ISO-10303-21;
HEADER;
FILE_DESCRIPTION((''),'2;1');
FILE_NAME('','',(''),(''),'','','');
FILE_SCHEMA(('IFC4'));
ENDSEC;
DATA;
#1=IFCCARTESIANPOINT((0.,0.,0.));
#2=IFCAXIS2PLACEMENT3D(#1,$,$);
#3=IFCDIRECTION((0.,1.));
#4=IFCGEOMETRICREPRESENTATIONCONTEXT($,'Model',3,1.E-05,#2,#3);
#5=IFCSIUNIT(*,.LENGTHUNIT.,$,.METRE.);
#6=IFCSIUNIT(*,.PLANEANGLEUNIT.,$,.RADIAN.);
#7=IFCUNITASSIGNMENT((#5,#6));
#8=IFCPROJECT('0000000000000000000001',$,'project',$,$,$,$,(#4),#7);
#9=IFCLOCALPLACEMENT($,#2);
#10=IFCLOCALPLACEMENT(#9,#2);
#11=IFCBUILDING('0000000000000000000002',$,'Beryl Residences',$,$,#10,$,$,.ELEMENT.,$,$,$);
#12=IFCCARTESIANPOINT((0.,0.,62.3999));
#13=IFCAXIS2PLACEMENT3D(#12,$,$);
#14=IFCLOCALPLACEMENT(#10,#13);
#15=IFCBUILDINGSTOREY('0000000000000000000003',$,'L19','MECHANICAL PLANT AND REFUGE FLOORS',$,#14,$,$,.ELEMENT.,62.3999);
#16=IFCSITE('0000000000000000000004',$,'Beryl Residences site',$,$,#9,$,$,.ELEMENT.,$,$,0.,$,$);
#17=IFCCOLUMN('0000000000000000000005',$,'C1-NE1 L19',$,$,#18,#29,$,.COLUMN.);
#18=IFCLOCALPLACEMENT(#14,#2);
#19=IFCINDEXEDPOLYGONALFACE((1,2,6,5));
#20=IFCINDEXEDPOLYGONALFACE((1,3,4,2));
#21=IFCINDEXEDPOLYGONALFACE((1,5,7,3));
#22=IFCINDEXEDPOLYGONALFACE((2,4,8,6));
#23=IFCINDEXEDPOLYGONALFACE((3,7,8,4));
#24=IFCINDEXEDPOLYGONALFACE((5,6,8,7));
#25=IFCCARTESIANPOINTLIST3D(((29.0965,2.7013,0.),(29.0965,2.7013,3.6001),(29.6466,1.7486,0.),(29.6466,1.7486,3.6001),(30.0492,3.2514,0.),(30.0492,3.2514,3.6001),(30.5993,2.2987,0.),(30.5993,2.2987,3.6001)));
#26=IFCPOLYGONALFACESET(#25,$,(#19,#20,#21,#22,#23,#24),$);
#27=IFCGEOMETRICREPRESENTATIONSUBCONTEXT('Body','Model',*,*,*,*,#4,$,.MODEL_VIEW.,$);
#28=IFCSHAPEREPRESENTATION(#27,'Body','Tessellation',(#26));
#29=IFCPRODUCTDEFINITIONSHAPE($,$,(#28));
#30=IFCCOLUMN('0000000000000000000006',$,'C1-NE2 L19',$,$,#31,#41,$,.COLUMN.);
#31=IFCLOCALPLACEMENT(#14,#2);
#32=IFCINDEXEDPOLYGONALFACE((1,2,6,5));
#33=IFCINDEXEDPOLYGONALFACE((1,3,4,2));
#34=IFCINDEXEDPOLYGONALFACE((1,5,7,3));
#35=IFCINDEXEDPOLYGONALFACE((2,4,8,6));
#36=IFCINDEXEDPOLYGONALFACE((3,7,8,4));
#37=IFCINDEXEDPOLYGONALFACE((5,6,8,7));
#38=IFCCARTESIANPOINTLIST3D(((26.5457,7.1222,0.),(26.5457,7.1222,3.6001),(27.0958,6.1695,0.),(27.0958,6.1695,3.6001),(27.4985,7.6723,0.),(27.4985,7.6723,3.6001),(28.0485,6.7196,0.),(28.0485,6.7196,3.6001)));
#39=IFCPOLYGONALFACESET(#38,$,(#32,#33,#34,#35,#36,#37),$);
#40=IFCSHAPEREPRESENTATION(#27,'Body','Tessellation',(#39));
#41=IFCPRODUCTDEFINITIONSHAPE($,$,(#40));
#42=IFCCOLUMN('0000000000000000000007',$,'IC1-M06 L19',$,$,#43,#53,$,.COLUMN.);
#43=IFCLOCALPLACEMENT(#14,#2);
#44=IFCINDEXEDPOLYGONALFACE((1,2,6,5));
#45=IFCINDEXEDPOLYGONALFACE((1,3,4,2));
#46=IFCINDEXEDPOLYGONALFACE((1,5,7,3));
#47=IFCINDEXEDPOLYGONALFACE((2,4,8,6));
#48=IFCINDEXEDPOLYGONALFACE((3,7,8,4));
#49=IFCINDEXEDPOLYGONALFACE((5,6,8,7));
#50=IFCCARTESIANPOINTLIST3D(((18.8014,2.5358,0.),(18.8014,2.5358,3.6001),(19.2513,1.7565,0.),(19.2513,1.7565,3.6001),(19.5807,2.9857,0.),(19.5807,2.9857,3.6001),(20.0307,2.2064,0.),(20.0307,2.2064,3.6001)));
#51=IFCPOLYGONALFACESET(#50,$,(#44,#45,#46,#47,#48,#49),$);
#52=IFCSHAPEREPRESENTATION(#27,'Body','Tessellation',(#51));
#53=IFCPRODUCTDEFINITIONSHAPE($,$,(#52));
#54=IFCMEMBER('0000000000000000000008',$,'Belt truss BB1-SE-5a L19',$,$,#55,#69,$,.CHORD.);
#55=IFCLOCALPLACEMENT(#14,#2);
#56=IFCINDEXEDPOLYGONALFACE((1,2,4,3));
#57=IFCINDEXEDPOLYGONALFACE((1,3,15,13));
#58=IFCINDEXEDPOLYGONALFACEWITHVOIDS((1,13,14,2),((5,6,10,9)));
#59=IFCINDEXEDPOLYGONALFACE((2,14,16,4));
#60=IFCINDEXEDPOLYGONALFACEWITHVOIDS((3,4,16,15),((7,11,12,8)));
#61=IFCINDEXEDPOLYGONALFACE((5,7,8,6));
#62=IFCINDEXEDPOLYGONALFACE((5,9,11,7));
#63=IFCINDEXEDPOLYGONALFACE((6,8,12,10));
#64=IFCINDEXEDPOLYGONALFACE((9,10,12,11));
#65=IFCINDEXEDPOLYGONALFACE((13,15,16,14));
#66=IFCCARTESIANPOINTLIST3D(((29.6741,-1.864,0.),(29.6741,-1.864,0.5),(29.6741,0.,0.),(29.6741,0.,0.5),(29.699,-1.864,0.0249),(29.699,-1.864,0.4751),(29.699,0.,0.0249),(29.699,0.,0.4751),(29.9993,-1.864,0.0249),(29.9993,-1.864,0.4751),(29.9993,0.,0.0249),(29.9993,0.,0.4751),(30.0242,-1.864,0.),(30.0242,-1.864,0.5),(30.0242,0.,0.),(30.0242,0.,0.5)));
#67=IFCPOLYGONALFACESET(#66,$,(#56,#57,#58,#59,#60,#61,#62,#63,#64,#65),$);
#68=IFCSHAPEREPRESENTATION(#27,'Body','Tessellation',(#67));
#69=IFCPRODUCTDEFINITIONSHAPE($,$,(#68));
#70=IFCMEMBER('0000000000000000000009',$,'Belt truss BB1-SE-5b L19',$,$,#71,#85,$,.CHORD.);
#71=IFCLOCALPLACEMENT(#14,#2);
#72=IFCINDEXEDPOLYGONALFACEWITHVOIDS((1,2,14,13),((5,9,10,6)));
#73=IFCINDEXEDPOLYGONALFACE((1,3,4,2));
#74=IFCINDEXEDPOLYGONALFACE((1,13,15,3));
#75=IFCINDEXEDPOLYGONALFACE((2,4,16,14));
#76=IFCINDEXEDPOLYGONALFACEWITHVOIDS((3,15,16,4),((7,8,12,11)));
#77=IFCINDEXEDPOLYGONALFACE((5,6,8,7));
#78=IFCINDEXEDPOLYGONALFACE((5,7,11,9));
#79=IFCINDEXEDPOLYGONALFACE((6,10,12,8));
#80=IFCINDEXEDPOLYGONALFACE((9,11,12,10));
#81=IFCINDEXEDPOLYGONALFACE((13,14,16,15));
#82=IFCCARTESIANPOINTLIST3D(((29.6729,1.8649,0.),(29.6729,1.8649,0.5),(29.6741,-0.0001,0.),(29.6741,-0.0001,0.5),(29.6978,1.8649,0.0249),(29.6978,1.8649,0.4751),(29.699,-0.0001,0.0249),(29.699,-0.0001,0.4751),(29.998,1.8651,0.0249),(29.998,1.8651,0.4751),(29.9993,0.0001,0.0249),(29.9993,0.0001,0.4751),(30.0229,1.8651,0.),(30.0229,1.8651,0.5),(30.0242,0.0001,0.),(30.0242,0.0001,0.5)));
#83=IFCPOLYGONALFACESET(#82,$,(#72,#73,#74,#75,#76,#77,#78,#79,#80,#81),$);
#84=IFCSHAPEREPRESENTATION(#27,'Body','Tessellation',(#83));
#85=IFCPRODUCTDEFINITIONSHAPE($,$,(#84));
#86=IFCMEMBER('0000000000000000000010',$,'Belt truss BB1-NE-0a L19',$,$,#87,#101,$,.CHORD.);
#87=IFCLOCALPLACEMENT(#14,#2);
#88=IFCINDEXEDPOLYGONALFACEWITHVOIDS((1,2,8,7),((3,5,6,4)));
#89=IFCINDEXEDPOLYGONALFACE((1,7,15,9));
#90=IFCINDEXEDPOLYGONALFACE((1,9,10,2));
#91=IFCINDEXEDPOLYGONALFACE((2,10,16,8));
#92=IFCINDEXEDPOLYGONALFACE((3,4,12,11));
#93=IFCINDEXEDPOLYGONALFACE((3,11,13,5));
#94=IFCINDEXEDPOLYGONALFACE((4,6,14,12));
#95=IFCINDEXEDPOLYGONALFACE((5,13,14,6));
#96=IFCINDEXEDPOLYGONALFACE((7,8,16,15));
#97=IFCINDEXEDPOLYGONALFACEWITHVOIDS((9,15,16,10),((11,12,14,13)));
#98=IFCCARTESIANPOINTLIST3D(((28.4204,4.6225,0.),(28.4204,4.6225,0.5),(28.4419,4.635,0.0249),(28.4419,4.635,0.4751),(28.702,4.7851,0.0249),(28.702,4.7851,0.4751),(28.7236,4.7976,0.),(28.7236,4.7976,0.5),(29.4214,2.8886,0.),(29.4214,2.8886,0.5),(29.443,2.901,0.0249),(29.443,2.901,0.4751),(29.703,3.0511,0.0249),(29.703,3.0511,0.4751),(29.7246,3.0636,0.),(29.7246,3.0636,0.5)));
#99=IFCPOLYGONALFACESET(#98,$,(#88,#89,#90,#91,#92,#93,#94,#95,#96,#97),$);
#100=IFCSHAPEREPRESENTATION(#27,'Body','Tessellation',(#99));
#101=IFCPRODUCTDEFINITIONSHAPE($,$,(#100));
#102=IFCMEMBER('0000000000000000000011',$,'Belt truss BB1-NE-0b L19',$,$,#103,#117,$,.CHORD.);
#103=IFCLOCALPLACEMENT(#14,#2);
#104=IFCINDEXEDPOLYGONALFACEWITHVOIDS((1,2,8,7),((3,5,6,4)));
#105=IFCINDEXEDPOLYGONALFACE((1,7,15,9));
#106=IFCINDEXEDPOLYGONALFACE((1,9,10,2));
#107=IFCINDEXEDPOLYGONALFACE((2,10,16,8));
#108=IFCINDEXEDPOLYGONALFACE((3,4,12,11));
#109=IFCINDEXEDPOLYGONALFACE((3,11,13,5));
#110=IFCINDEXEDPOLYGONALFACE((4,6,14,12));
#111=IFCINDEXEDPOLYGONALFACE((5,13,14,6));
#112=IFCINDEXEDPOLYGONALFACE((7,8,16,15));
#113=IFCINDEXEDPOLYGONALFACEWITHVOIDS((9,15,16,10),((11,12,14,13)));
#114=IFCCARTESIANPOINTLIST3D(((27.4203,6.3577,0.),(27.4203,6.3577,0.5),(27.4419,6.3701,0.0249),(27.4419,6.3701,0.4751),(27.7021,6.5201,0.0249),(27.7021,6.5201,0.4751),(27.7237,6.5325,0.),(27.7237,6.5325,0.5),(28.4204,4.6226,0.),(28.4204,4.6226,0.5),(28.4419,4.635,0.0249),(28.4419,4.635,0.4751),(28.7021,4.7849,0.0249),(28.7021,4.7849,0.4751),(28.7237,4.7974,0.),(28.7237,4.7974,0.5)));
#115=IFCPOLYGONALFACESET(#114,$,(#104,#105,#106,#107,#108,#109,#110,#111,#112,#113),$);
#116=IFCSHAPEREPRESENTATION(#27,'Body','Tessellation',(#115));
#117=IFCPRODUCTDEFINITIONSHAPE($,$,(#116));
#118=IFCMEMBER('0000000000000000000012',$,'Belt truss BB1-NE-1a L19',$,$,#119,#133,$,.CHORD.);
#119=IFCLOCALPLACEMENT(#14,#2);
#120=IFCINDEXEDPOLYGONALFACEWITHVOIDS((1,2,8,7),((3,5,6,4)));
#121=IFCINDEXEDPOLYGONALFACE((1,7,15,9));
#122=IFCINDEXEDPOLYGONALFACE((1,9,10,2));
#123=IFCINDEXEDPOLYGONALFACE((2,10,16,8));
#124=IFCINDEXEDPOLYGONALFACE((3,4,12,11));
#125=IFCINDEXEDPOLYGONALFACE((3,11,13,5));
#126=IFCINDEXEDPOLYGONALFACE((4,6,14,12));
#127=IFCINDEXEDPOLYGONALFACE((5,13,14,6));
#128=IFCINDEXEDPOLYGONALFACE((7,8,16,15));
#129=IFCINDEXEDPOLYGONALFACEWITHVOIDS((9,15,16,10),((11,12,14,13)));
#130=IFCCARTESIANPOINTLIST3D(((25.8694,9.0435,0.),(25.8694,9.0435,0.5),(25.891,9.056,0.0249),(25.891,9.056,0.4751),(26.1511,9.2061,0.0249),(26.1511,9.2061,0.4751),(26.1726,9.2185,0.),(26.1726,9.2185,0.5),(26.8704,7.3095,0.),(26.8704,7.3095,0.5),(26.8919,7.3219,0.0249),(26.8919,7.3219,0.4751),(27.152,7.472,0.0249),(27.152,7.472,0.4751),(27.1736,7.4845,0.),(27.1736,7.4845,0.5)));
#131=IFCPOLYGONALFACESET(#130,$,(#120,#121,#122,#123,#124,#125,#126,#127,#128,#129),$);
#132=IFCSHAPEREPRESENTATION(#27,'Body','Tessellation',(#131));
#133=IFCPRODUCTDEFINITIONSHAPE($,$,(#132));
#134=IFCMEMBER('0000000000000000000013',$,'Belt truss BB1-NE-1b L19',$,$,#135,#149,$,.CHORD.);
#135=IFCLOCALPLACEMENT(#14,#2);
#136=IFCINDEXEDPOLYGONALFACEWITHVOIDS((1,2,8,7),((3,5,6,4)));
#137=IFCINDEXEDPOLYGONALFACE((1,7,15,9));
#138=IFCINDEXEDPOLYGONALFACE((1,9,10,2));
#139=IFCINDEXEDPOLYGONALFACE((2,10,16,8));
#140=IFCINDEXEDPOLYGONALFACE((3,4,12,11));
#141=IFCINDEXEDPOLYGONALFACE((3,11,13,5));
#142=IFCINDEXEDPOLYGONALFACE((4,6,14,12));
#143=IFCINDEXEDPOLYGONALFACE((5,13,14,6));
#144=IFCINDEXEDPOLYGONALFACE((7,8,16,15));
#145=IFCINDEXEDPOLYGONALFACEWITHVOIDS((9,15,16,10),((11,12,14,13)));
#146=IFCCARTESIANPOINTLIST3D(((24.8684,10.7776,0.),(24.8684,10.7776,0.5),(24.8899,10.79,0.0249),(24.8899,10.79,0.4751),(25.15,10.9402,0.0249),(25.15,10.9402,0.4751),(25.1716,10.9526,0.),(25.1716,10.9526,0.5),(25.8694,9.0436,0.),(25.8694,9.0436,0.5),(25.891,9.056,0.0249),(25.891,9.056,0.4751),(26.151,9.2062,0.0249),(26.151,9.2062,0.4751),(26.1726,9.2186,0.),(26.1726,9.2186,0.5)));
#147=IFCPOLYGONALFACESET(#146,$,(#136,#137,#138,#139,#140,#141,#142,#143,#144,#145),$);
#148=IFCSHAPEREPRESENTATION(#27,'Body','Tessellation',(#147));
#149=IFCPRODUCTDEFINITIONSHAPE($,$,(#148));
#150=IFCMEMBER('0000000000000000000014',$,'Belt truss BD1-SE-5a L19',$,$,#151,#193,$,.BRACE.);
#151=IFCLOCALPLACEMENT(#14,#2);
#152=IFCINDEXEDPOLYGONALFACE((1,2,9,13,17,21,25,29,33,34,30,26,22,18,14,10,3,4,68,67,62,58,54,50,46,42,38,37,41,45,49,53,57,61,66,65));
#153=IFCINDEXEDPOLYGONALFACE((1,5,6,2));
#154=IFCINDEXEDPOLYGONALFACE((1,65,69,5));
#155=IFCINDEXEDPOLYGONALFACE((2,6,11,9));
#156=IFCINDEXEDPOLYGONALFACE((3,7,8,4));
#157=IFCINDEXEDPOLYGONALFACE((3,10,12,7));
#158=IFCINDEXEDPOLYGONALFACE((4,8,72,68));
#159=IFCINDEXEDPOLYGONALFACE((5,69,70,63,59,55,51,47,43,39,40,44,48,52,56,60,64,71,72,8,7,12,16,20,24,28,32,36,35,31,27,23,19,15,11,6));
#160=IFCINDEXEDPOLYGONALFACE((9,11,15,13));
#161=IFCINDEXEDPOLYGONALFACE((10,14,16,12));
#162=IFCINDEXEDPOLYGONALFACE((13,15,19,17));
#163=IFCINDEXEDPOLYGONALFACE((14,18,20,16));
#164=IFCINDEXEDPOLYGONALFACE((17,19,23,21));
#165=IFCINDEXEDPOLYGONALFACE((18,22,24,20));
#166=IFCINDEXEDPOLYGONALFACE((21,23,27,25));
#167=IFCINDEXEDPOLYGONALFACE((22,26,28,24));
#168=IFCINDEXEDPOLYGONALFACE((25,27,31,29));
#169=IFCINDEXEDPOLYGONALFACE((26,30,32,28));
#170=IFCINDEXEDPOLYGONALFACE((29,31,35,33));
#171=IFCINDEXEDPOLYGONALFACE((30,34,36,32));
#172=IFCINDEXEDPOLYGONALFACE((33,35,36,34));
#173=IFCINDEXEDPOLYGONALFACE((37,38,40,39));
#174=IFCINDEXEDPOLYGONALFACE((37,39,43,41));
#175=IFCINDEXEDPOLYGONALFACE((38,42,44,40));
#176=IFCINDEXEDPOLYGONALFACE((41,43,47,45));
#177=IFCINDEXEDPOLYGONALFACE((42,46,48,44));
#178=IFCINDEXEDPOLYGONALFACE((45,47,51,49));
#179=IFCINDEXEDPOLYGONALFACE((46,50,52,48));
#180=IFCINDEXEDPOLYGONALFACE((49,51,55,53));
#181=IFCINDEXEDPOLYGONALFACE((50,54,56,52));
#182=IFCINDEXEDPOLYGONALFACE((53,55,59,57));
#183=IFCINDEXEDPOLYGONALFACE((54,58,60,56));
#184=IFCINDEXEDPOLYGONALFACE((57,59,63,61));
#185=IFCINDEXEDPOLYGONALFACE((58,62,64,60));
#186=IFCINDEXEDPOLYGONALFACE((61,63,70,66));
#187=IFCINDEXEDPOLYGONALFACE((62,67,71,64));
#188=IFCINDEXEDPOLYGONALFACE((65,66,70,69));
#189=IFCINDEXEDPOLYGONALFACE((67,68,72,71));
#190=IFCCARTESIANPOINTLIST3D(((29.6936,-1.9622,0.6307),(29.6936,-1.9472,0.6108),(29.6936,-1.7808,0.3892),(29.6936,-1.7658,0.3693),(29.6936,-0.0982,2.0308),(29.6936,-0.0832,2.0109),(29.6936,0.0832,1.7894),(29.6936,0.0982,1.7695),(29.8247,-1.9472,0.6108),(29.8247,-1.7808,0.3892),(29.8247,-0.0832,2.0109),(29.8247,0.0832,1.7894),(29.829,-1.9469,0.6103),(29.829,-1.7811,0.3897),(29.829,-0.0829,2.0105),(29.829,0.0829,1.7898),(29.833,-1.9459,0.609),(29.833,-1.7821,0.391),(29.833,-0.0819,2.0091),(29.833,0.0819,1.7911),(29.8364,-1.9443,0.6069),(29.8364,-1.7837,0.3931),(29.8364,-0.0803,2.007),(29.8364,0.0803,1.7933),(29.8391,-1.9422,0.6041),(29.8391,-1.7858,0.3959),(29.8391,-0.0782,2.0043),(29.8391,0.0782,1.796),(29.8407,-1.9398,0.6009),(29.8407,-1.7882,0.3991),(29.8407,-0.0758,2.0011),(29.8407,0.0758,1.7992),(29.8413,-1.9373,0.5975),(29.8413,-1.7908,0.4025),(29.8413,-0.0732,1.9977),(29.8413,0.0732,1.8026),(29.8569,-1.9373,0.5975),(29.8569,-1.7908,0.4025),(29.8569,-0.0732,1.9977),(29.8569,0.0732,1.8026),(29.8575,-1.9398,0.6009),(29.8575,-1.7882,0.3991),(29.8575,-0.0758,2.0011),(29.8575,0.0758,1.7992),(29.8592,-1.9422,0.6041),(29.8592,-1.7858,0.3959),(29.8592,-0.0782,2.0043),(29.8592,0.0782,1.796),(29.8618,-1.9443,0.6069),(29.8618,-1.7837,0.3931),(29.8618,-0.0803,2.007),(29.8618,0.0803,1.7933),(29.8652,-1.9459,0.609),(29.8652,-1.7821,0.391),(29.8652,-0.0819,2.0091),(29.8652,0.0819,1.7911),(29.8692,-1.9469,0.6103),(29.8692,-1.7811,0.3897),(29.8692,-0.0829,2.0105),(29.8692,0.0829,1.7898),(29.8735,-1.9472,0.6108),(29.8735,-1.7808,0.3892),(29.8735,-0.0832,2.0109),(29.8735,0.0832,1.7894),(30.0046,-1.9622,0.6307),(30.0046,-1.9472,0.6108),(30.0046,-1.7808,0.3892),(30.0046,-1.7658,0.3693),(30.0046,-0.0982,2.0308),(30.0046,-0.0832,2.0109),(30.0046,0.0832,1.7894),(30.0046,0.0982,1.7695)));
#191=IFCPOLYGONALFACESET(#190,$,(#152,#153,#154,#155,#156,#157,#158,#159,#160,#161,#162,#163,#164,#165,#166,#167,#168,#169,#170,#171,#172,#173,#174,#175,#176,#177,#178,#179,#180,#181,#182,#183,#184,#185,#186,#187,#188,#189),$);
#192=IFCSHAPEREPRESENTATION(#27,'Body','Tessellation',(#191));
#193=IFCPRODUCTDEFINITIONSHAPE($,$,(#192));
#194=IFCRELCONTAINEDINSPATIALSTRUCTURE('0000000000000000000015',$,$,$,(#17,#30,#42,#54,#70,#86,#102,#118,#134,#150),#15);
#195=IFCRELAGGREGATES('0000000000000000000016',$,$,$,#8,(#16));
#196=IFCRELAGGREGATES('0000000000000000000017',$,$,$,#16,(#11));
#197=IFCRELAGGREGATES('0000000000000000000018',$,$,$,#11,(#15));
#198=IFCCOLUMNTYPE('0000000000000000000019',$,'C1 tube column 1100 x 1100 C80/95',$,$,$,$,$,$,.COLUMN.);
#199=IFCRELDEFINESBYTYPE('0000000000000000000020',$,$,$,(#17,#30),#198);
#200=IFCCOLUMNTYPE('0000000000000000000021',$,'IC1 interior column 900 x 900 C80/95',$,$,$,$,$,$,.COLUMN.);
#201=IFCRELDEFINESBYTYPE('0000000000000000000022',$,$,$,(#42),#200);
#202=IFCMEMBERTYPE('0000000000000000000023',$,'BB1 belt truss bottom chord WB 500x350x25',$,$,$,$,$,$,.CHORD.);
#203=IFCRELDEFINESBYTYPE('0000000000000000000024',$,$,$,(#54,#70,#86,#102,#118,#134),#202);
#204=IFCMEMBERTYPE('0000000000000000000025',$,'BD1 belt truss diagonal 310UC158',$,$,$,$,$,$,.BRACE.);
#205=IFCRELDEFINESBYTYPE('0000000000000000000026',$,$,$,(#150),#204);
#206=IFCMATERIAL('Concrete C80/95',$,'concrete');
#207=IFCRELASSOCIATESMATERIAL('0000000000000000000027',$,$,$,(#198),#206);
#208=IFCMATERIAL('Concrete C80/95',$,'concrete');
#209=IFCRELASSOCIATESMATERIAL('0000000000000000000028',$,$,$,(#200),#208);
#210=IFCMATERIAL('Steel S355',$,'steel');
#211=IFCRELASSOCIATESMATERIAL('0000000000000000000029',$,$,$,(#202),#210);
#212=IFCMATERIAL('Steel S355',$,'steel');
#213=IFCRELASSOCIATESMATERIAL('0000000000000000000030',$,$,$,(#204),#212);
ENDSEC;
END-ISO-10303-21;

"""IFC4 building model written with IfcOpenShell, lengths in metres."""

from ifc_helpers import new_model, si_unit, direction, frame, origin, origin_2d, place, context, subcontext, project, spatial, rectangle, hollow_rectangle, i_section, extrude, material, material_profile, profile_set, type_object, element, save


model = new_model("IFC4")

# Units and contexts
model_context = context("Model", 3, precision=1e-05, world=origin(), true_north=direction((0.0, 1.0)))
body_context = subcontext(model_context, "Body", "Model", "MODEL_VIEW")
ifc_project = project(units=[si_unit("LENGTHUNIT", "METRE"), si_unit("PLANEANGLEUNIT", "RADIAN")], contexts=[model_context])

# Site, building, storey
site_placement = place(None, origin())
site = spatial("IfcSite", under=ifc_project, at=site_placement, Name="Beryl Residences site", CompositionType="ELEMENT", RefElevation=0.0)
building_placement = place(site_placement, origin())
building = spatial("IfcBuilding", under=site, at=building_placement, Name="Beryl Residences", CompositionType="ELEMENT")
storey_placement = place(building_placement, frame((0.0, 0.0, 62.3999)))
storey = spatial("IfcBuildingStorey", under=building, at=storey_placement, Name="L19", Description="MECHANICAL PLANT AND REFUGE FLOORS", CompositionType="ELEMENT", Elevation=62.3999)

# Columns
ifc_material_1 = material(Name="Concrete C80/95", Category="concrete")
ifc_material_profile_1 = material_profile(ifc_material_1, rectangle(XDim=1.1001, YDim=1.1001, at=origin_2d()))
ifc_profile_set_1 = profile_set([ifc_material_profile_1], Name="Concrete C80/95")
column_type_1 = type_object("IfcColumnType", Name="C1 tube column 1100 x 1100 C80/95", PredefinedType="COLUMN", material=ifc_profile_set_1)
for number, where, z_axis, x_axis, name in (
    (1, (29.8479, 2.5, 0.0), (0.0, 0.0, 1.0), (-0.499985, 0.866034, 0.0), "C1-NE1 L19"),
    (2, (27.2971, 6.9209, 0.0), (0.0, 0.0, 1.0), (-0.499985, 0.866034, 0.0), "C1-NE2 L19"),
):
    element("IfcColumn", number, at=place(storey_placement, frame(where, z_axis=z_axis, x_axis=x_axis)), inside=storey, type_object=column_type_1, Name=name, PredefinedType="COLUMN", context=body_context, shape_type="SweptSolid", body=[
        extrude(rectangle(XDim=1.1001, YDim=1.1001, at=origin_2d()), origin(), (0.0, 0.0, 1.0), 3.6001),
    ])
ifc_material_2 = material(Name="Concrete C80/95", Category="concrete")
ifc_material_profile_2 = material_profile(ifc_material_2, rectangle(XDim=0.8999, YDim=0.8999, at=origin_2d()))
ifc_profile_set_2 = profile_set([ifc_material_profile_2], Name="Concrete C80/95")
column_type_2 = type_object("IfcColumnType", Name="IC1 interior column 900 x 900 C80/95", PredefinedType="COLUMN", material=ifc_profile_set_2)
column_placement = place(storey_placement, frame((19.416, 2.3711, 0.0), z_axis=(0.0, 0.0, 1.0), x_axis=(-0.499985, 0.866034, 0.0)))
element("IfcColumn", 3, at=column_placement, inside=storey, type_object=column_type_2, Name="IC1-M06 L19", PredefinedType="COLUMN", context=body_context, shape_type="SweptSolid", body=[
    extrude(rectangle(XDim=0.8999, YDim=0.8999, at=origin_2d()), origin(), (0.0, 0.0, 1.0), 3.6001),
])

# Members
ifc_material_3 = material(Name="Steel S355", Category="steel")
ifc_material_profile_3 = material_profile(ifc_material_3, hollow_rectangle(XDim=0.3501, YDim=0.5, WallThickness=0.0249, at=origin_2d()))
ifc_profile_set_3 = profile_set([ifc_material_profile_3], Name="Steel S355")
member_type_1 = type_object("IfcMemberType", Name="BB1 belt truss bottom chord WB 500x350x25", PredefinedType="CHORD", material=ifc_profile_set_3)
member_1_placement = place(storey_placement, frame((29.8491, -1.864, 0.25), z_axis=(0.0, 1.0, 0.0), x_axis=(-1.0, 0.0, 0.0)))
element("IfcMember", 4, at=member_1_placement, inside=storey, type_object=member_type_1, Name="Belt truss BB1-SE-5a L19", PredefinedType="CHORD", context=body_context, shape_type="SweptSolid", body=[
    extrude(hollow_rectangle(XDim=0.3501, YDim=0.5, WallThickness=0.0249, at=origin_2d()), origin(), (0.0, 0.0, 1.0), 1.864),
])
member_2_placement = place(storey_placement, frame((29.8491, 0.0, 0.25), z_axis=(-0.000655, 1.0, 0.0), x_axis=(-1.0, -0.000655, 0.0)))
element("IfcMember", 5, at=member_2_placement, inside=storey, type_object=member_type_1, Name="Belt truss BB1-SE-5b L19", PredefinedType="CHORD", context=body_context, shape_type="SweptSolid", body=[
    extrude(hollow_rectangle(XDim=0.3501, YDim=0.5, WallThickness=0.0249, at=origin_2d()), origin(), (0.0, 0.0, 1.0), 1.865),
])
member_3_placement = place(storey_placement, frame((29.573, 2.9761, 0.25), z_axis=(-0.499969, 0.866043, 0.0), x_axis=(-0.866043, -0.499969, 0.0)))
element("IfcMember", 6, at=member_3_placement, inside=storey, type_object=member_type_1, Name="Belt truss BB1-NE-0a L19", PredefinedType="CHORD", context=body_context, shape_type="SweptSolid", body=[
    extrude(hollow_rectangle(XDim=0.3501, YDim=0.5, WallThickness=0.0249, at=origin_2d()), origin(), (0.0, 0.0, 1.0), 2.0022),
])
member_4_placement = place(storey_placement, frame((28.572, 4.71, 0.25), z_axis=(-0.499339, 0.866407, 0.0), x_axis=(-0.866407, -0.499339, 0.0)))
element("IfcMember", 7, at=member_4_placement, inside=storey, type_object=member_type_1, Name="Belt truss BB1-NE-0b L19", PredefinedType="CHORD", context=body_context, shape_type="SweptSolid", body=[
    extrude(hollow_rectangle(XDim=0.3501, YDim=0.5, WallThickness=0.0249, at=origin_2d()), origin(), (0.0, 0.0, 1.0), 2.0027),
])
for number, where, z_axis, x_axis, name in (
    (8, (27.022, 7.397, 0.25), (-0.499916, 0.866074, 0.0), (-0.866074, -0.499916, 0.0), "Belt truss BB1-NE-1a L19"),
    (9, (26.021, 9.1311, 0.25), (-0.499969, 0.866043, 0.0), (-0.866043, -0.499969, 0.0), "Belt truss BB1-NE-1b L19"),
):
    element("IfcMember", number, at=place(storey_placement, frame(where, z_axis=z_axis, x_axis=x_axis)), inside=storey, type_object=member_type_1, Name=name, PredefinedType="CHORD", context=body_context, shape_type="SweptSolid", body=[
        extrude(hollow_rectangle(XDim=0.3501, YDim=0.5, WallThickness=0.0249, at=origin_2d()), origin(), (0.0, 0.0, 1.0), 2.0022),
    ])
ifc_material_4 = material(Name="Steel S355", Category="steel")
ifc_material_profile_4 = material_profile(ifc_material_4, i_section(OverallWidth=0.311, OverallDepth=0.3269, WebThickness=0.0156, FlangeThickness=0.0249, FilletRadius=0.0166, at=origin_2d()))
ifc_profile_set_4 = profile_set([ifc_material_profile_4], Name="Steel S355")
member_type_2 = type_object("IfcMemberType", Name="BD1 belt truss diagonal 310UC158", PredefinedType="BRACE", material=ifc_profile_set_4)
member_5_placement = place(storey_placement, frame((29.8491, -1.864, 0.5), z_axis=(0.0, 0.79956, 0.600586), x_axis=(-1.0, 0.0, 0.0)))
element("IfcMember", 10, at=member_5_placement, inside=storey, type_object=member_type_2, Name="Belt truss BD1-SE-5a L19", PredefinedType="BRACE", context=body_context, shape_type="SweptSolid", body=[
    extrude(i_section(OverallWidth=0.311, OverallDepth=0.3269, WebThickness=0.0156, FlangeThickness=0.0249, FilletRadius=0.0166, at=origin_2d()), origin(), (0.0, 0.0, 1.0), 2.3313),
])

save(model, "model.ifc")
